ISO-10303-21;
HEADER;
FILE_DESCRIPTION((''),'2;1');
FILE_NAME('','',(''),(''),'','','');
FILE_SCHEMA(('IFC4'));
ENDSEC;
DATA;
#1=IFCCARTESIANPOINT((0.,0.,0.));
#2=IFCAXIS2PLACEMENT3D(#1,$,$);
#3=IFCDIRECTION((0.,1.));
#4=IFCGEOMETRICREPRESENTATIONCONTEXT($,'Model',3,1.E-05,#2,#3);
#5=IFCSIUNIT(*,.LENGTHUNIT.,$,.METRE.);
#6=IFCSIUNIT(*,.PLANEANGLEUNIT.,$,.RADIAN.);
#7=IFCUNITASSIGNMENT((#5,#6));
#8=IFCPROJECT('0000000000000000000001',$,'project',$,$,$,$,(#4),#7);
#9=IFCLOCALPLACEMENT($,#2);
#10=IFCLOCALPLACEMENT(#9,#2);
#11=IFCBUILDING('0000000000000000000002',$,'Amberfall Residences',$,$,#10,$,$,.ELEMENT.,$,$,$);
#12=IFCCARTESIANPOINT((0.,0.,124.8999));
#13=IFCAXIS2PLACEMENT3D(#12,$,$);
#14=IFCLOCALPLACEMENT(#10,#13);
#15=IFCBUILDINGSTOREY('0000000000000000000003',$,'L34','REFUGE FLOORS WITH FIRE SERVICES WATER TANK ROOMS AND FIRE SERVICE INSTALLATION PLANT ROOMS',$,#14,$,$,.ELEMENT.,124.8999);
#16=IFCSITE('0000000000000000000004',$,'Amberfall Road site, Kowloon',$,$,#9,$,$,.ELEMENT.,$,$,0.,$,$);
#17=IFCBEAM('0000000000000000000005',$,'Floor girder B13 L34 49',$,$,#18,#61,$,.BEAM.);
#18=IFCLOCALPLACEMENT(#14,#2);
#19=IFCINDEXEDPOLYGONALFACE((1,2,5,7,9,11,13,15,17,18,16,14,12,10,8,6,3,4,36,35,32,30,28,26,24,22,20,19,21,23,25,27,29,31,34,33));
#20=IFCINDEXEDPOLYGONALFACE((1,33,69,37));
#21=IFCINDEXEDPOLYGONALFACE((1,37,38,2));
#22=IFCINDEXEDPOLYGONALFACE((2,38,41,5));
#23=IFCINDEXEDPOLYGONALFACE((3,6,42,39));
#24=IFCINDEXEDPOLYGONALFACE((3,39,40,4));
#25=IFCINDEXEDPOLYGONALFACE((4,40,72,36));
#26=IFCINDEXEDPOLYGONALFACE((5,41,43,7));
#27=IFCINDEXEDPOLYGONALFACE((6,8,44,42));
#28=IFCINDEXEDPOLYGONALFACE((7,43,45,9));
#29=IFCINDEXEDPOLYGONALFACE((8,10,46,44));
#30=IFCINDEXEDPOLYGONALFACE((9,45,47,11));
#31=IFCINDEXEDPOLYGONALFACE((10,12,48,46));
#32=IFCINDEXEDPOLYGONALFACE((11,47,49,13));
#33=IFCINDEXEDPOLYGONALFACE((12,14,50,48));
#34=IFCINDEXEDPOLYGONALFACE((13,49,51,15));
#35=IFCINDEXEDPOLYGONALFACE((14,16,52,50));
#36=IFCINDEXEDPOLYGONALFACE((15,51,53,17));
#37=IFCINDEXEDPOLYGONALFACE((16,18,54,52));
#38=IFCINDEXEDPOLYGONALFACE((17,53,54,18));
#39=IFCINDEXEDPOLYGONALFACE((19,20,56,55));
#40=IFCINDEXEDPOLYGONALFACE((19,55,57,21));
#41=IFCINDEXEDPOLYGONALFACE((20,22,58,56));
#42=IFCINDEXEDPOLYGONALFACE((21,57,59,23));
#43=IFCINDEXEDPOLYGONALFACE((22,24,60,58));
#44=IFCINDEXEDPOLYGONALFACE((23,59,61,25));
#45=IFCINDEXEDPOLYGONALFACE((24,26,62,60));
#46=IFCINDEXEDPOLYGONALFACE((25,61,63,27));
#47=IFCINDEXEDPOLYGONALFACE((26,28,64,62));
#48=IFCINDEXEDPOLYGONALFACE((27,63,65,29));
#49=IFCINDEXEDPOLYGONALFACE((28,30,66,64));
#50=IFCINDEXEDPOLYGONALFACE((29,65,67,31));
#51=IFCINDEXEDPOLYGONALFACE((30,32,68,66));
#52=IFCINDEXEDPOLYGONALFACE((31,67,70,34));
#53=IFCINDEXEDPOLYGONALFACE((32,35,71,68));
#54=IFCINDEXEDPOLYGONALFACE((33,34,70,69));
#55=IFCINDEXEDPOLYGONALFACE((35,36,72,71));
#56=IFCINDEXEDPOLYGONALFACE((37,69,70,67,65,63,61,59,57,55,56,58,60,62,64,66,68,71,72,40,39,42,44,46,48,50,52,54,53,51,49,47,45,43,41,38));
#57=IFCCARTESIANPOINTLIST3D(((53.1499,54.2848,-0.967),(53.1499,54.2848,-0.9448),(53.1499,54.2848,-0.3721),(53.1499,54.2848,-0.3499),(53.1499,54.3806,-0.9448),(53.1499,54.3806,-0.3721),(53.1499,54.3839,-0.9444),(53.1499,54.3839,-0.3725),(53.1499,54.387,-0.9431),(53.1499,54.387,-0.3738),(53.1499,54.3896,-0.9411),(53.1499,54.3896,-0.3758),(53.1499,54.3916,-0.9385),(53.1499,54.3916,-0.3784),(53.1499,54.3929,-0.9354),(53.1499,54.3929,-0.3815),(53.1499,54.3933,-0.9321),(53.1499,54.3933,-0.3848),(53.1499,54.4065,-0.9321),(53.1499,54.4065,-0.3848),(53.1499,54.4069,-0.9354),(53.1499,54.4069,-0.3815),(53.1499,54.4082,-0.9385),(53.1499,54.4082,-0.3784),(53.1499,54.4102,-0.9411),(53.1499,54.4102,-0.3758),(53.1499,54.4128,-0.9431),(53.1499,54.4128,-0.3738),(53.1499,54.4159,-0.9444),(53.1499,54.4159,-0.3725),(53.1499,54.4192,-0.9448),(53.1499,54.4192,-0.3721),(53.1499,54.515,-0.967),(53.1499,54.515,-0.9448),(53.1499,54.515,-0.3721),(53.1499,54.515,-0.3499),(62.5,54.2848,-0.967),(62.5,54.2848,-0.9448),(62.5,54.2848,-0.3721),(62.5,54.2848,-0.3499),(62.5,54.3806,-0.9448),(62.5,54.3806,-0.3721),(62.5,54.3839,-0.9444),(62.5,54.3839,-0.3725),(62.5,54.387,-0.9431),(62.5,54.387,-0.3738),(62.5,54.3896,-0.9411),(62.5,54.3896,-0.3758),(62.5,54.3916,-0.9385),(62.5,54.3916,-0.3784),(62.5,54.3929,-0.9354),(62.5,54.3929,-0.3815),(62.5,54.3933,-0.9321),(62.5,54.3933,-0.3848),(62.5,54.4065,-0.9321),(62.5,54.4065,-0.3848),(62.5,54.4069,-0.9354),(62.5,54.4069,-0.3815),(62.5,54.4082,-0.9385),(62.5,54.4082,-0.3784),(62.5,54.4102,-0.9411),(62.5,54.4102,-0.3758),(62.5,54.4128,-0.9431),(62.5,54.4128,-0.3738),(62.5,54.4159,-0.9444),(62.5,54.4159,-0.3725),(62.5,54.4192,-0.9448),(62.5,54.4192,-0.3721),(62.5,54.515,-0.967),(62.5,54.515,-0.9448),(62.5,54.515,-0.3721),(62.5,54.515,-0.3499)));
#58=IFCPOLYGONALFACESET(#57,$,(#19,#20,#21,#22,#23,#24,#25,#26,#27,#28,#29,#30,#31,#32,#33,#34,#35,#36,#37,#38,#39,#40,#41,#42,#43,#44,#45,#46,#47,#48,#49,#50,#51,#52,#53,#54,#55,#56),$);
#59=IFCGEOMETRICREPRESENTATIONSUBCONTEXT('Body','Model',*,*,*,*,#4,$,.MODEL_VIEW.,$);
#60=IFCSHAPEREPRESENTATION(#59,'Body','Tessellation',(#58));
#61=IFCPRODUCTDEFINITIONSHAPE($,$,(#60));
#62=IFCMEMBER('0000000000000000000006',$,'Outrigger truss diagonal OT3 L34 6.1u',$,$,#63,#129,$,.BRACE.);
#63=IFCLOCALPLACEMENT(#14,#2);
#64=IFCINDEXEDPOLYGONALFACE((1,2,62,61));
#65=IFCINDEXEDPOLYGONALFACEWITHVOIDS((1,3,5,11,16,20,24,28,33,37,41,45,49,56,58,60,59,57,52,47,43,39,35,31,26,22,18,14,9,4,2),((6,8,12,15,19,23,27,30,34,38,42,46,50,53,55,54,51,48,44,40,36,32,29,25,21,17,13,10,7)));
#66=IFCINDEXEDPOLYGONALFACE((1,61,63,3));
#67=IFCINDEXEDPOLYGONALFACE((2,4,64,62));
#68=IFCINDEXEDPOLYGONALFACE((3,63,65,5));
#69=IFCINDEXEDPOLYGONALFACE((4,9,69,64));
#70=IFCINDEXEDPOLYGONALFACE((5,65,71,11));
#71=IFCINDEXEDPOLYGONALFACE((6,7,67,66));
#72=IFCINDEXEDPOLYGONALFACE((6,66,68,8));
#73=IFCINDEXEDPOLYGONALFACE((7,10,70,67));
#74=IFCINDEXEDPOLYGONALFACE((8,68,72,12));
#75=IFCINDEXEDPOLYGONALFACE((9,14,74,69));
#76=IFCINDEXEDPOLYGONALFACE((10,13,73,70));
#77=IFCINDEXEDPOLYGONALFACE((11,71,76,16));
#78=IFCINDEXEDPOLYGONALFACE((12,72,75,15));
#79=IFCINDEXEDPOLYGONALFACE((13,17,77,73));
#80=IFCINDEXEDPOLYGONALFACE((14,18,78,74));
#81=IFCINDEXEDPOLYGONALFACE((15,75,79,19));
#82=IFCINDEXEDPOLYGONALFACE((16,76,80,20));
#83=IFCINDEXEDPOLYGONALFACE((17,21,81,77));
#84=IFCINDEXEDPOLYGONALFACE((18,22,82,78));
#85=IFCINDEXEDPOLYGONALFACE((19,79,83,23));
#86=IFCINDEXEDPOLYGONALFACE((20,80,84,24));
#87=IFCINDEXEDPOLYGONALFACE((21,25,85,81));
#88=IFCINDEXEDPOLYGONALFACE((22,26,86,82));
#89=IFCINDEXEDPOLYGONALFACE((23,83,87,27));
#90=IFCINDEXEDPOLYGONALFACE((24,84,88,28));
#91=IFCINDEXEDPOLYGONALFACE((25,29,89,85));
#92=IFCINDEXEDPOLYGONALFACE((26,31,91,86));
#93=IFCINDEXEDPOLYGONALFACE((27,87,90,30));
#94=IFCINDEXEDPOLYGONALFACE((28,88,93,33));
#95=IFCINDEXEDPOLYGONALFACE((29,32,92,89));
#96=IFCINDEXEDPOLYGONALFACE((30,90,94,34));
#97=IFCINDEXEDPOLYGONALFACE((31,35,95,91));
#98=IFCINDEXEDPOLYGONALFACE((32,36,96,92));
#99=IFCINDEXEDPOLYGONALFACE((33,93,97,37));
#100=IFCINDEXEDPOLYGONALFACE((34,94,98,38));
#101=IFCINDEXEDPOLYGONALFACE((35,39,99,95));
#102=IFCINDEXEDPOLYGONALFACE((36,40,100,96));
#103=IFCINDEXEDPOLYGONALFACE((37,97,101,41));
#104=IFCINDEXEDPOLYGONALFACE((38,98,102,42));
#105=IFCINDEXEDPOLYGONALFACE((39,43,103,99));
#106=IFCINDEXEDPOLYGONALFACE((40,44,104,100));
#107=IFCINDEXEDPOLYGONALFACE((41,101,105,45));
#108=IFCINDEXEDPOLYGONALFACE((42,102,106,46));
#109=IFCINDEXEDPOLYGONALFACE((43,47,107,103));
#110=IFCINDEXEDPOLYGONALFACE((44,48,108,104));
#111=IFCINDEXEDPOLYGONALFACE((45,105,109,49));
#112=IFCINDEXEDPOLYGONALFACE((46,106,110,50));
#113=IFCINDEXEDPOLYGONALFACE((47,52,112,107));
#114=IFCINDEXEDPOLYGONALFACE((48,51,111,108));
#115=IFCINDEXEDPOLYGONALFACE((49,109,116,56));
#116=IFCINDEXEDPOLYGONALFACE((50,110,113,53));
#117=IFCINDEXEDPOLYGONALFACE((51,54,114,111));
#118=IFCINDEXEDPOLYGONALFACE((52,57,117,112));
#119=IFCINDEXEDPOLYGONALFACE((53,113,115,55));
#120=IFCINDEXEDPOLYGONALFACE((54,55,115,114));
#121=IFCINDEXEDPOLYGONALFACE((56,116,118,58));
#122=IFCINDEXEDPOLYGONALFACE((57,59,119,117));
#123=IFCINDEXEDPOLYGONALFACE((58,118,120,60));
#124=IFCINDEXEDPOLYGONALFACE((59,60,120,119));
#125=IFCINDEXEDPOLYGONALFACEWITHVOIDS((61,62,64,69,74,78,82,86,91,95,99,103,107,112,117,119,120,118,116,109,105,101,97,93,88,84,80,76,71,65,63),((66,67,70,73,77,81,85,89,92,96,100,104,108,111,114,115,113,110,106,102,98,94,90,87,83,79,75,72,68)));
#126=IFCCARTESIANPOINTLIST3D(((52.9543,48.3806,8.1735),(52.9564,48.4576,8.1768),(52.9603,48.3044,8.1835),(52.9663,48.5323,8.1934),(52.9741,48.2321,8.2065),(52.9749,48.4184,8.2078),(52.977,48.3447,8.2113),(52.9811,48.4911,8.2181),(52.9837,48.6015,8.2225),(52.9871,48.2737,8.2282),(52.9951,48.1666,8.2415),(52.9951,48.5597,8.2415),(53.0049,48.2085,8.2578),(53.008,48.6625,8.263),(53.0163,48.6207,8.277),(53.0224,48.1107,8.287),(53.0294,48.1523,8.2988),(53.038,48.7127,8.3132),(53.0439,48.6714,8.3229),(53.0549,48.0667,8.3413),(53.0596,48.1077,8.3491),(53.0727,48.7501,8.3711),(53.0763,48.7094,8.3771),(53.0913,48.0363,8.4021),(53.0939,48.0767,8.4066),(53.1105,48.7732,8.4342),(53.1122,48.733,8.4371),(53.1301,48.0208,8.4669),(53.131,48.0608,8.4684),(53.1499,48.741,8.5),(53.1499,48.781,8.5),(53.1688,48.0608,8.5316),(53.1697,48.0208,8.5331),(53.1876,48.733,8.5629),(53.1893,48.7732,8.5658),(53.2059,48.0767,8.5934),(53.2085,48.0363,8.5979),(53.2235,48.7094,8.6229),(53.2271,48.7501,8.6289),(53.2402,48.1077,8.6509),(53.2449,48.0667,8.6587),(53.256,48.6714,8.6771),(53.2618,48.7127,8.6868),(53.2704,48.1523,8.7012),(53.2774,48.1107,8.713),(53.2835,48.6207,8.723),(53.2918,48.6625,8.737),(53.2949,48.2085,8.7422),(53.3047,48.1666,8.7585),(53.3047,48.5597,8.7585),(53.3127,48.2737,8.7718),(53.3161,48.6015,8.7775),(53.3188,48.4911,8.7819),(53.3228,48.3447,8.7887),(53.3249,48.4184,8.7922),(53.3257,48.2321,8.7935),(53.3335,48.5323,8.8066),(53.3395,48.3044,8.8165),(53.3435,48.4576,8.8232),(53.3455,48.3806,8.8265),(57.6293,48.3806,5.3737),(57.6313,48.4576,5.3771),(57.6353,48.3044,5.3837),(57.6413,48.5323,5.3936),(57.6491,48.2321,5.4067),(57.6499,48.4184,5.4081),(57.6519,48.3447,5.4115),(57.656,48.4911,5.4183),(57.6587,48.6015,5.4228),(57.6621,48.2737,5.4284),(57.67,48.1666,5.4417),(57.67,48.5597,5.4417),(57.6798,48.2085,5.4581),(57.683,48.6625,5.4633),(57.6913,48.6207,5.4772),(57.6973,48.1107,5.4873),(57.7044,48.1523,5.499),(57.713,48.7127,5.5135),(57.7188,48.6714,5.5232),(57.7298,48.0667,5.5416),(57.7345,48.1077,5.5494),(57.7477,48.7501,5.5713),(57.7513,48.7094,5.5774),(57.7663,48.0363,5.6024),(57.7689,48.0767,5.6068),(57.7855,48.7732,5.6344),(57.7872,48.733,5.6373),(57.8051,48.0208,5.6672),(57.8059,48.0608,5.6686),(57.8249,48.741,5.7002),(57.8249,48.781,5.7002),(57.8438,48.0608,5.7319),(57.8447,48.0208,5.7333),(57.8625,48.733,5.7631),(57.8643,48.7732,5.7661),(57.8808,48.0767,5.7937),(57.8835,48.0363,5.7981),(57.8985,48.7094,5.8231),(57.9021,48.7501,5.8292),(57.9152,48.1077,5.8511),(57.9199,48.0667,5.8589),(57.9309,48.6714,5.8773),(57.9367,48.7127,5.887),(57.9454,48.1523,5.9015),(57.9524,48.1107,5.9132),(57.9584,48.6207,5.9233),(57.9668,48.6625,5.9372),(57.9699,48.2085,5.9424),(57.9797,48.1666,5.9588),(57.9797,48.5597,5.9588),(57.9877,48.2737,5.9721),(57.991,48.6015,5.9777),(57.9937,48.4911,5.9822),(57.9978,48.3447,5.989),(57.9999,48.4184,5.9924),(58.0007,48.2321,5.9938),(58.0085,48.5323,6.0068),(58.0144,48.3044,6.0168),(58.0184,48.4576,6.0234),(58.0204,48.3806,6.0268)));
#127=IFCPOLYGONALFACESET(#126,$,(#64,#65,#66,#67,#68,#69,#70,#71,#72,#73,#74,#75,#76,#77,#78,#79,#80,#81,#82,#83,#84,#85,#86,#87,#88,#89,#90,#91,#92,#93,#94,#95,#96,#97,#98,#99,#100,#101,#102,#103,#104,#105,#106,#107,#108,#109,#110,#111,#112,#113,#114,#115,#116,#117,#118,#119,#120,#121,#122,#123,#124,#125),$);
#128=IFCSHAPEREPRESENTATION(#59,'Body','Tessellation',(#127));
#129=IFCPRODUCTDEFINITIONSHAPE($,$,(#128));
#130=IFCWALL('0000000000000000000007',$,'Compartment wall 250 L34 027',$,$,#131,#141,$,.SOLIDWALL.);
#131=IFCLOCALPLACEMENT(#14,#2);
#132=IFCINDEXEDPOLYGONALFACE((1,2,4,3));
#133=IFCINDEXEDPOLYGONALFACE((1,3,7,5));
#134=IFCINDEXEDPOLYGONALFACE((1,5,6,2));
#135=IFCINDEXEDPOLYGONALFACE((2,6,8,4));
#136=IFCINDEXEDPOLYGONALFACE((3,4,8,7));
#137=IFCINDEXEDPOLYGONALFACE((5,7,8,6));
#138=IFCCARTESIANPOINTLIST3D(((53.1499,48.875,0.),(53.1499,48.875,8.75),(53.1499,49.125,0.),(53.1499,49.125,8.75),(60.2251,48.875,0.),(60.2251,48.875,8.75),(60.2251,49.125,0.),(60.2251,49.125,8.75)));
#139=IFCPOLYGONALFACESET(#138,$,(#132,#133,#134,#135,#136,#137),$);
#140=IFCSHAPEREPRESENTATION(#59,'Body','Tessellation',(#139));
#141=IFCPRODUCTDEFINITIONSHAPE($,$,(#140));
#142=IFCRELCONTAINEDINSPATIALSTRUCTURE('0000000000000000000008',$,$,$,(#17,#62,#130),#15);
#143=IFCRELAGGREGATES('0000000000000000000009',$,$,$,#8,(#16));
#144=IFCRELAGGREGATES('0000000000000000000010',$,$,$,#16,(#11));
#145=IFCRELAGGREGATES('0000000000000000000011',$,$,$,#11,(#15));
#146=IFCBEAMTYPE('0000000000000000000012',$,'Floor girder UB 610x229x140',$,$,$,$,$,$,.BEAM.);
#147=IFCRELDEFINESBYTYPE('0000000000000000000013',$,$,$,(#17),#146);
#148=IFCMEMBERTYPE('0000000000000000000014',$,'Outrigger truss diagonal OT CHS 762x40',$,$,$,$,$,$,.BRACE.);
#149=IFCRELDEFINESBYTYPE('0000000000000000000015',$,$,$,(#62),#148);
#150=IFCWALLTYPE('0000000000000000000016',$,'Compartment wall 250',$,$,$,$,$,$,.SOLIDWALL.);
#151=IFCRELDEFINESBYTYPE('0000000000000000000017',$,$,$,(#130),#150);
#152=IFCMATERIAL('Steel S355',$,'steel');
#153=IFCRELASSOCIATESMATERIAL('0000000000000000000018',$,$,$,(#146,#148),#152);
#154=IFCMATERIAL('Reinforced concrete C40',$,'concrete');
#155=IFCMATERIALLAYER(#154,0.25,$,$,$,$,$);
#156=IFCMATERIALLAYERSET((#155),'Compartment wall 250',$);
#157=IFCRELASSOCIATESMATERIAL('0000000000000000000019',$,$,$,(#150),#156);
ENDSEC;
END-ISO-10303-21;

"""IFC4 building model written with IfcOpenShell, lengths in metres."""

from ifc_helpers import new_model, si_unit, direction, frame, frame_2d, origin, origin_2d, place, context, subcontext, project, spatial, rectangle, hollow_circle, i_section, extrude, material, layer, layer_set, material_profile, profile_set, type_object, element, save


model = new_model("IFC4")

# Units and contexts
model_context = context("Model", 3, precision=1e-05, world=origin(), true_north=direction((0.0, 1.0)))
body_context = subcontext(model_context, "Body", "Model", "MODEL_VIEW")
ifc_project = project(units=[si_unit("LENGTHUNIT", "METRE"), si_unit("PLANEANGLEUNIT", "RADIAN")], contexts=[model_context])

# Site, building, storey
site_placement = place(None, origin())
site = spatial("IfcSite", under=ifc_project, at=site_placement, Name="Amberfall Road site, Kowloon", CompositionType="ELEMENT", RefElevation=0.0)
building_placement = place(site_placement, origin())
building = spatial("IfcBuilding", under=site, at=building_placement, Name="Amberfall Residences", CompositionType="ELEMENT")
storey_placement = place(building_placement, frame((0.0, 0.0, 124.8999)))
storey = spatial("IfcBuildingStorey", under=building, at=storey_placement, Name="L34", Description="REFUGE FLOORS WITH FIRE SERVICES WATER TANK ROOMS AND FIRE SERVICE INSTALLATION PLANT ROOMS", CompositionType="ELEMENT", Elevation=124.8999)

# Shared definitions
ifc_material_1 = material(Name="Steel S355", Category="steel")

# Beam
ifc_material_profile_1 = material_profile(ifc_material_1, i_section(OverallWidth=0.2302, OverallDepth=0.6172, WebThickness=0.0132, FlangeThickness=0.0222, FilletRadius=0.0127, at=origin_2d()), Name="UB 610x229x140")
ifc_profile_set_1 = profile_set([ifc_material_profile_1], Name="Steel S355")
beam_type_1 = type_object("IfcBeamType", Name="Floor girder UB 610x229x140", PredefinedType="BEAM", material=ifc_profile_set_1)
beam_placement = place(storey_placement, frame((53.1499, 54.3999, -0.6584), z_axis=(1.0, 0.0, 0.0), x_axis=(0.0, 1.0, 0.0)))
element("IfcBeam", 1, at=beam_placement, inside=storey, type_object=beam_type_1, Name="Floor girder B13 L34 49", PredefinedType="BEAM", context=body_context, shape_type="SweptSolid", body=[
    extrude(i_section(OverallWidth=0.2302, OverallDepth=0.6172, WebThickness=0.0132, FlangeThickness=0.0222, FilletRadius=0.0127, at=origin_2d()), origin(), (0.0, 0.0, 1.0), 9.3501),
])

# Member
ifc_material_profile_2 = material_profile(ifc_material_1, hollow_circle(Radius=0.3811, WallThickness=0.04, at=origin_2d()), Name="CHS 762x40")
ifc_profile_set_2 = profile_set([ifc_material_profile_2], Name="Steel S355")
member_type_1 = type_object("IfcMemberType", Name="Outrigger truss diagonal OT CHS 762x40", PredefinedType="BRACE", material=ifc_profile_set_2)
member_1_placement = place(storey_placement, frame((53.1499, 48.3999, 8.5), z_axis=(0.857916, 0.0, -0.513791), x_axis=(0.0, 1.0, 0.0)))
element("IfcMember", 2, at=member_1_placement, inside=storey, type_object=member_type_1, Name="Outrigger truss diagonal OT3 L34 6.1u", PredefinedType="BRACE", context=body_context, shape_type="SweptSolid", body=[
    extrude(hollow_circle(Radius=0.3811, WallThickness=0.04, at=origin_2d()), origin(), (0.0, 0.0, 1.0), 5.4492),
])

# Wall
ifc_material_2 = material(Name="Reinforced concrete C40", Category="concrete")
ifc_layer = layer(ifc_material_2, 0.25)
ifc_layer_set = layer_set([ifc_layer], Name="Compartment wall 250")
wall_type = type_object("IfcWallType", Name="Compartment wall 250", PredefinedType="SOLIDWALL", material=ifc_layer_set)
wall_placement = place(storey_placement, frame((53.1499, 49.0, 0.0), z_axis=(0.0, 0.0, 1.0), x_axis=(1.0, 0.0, 0.0)))
element("IfcWall", 3, at=wall_placement, inside=storey, type_object=wall_type, Name="Compartment wall 250 L34 027", PredefinedType="SOLIDWALL", context=body_context, shape_type="SweptSolid", body=[
    extrude(rectangle(XDim=7.0752, YDim=0.25, at=frame_2d((3.5376, 0.0))), origin(), (0.0, 0.0, 1.0), 8.75),
])

save(model, "model.ifc")
